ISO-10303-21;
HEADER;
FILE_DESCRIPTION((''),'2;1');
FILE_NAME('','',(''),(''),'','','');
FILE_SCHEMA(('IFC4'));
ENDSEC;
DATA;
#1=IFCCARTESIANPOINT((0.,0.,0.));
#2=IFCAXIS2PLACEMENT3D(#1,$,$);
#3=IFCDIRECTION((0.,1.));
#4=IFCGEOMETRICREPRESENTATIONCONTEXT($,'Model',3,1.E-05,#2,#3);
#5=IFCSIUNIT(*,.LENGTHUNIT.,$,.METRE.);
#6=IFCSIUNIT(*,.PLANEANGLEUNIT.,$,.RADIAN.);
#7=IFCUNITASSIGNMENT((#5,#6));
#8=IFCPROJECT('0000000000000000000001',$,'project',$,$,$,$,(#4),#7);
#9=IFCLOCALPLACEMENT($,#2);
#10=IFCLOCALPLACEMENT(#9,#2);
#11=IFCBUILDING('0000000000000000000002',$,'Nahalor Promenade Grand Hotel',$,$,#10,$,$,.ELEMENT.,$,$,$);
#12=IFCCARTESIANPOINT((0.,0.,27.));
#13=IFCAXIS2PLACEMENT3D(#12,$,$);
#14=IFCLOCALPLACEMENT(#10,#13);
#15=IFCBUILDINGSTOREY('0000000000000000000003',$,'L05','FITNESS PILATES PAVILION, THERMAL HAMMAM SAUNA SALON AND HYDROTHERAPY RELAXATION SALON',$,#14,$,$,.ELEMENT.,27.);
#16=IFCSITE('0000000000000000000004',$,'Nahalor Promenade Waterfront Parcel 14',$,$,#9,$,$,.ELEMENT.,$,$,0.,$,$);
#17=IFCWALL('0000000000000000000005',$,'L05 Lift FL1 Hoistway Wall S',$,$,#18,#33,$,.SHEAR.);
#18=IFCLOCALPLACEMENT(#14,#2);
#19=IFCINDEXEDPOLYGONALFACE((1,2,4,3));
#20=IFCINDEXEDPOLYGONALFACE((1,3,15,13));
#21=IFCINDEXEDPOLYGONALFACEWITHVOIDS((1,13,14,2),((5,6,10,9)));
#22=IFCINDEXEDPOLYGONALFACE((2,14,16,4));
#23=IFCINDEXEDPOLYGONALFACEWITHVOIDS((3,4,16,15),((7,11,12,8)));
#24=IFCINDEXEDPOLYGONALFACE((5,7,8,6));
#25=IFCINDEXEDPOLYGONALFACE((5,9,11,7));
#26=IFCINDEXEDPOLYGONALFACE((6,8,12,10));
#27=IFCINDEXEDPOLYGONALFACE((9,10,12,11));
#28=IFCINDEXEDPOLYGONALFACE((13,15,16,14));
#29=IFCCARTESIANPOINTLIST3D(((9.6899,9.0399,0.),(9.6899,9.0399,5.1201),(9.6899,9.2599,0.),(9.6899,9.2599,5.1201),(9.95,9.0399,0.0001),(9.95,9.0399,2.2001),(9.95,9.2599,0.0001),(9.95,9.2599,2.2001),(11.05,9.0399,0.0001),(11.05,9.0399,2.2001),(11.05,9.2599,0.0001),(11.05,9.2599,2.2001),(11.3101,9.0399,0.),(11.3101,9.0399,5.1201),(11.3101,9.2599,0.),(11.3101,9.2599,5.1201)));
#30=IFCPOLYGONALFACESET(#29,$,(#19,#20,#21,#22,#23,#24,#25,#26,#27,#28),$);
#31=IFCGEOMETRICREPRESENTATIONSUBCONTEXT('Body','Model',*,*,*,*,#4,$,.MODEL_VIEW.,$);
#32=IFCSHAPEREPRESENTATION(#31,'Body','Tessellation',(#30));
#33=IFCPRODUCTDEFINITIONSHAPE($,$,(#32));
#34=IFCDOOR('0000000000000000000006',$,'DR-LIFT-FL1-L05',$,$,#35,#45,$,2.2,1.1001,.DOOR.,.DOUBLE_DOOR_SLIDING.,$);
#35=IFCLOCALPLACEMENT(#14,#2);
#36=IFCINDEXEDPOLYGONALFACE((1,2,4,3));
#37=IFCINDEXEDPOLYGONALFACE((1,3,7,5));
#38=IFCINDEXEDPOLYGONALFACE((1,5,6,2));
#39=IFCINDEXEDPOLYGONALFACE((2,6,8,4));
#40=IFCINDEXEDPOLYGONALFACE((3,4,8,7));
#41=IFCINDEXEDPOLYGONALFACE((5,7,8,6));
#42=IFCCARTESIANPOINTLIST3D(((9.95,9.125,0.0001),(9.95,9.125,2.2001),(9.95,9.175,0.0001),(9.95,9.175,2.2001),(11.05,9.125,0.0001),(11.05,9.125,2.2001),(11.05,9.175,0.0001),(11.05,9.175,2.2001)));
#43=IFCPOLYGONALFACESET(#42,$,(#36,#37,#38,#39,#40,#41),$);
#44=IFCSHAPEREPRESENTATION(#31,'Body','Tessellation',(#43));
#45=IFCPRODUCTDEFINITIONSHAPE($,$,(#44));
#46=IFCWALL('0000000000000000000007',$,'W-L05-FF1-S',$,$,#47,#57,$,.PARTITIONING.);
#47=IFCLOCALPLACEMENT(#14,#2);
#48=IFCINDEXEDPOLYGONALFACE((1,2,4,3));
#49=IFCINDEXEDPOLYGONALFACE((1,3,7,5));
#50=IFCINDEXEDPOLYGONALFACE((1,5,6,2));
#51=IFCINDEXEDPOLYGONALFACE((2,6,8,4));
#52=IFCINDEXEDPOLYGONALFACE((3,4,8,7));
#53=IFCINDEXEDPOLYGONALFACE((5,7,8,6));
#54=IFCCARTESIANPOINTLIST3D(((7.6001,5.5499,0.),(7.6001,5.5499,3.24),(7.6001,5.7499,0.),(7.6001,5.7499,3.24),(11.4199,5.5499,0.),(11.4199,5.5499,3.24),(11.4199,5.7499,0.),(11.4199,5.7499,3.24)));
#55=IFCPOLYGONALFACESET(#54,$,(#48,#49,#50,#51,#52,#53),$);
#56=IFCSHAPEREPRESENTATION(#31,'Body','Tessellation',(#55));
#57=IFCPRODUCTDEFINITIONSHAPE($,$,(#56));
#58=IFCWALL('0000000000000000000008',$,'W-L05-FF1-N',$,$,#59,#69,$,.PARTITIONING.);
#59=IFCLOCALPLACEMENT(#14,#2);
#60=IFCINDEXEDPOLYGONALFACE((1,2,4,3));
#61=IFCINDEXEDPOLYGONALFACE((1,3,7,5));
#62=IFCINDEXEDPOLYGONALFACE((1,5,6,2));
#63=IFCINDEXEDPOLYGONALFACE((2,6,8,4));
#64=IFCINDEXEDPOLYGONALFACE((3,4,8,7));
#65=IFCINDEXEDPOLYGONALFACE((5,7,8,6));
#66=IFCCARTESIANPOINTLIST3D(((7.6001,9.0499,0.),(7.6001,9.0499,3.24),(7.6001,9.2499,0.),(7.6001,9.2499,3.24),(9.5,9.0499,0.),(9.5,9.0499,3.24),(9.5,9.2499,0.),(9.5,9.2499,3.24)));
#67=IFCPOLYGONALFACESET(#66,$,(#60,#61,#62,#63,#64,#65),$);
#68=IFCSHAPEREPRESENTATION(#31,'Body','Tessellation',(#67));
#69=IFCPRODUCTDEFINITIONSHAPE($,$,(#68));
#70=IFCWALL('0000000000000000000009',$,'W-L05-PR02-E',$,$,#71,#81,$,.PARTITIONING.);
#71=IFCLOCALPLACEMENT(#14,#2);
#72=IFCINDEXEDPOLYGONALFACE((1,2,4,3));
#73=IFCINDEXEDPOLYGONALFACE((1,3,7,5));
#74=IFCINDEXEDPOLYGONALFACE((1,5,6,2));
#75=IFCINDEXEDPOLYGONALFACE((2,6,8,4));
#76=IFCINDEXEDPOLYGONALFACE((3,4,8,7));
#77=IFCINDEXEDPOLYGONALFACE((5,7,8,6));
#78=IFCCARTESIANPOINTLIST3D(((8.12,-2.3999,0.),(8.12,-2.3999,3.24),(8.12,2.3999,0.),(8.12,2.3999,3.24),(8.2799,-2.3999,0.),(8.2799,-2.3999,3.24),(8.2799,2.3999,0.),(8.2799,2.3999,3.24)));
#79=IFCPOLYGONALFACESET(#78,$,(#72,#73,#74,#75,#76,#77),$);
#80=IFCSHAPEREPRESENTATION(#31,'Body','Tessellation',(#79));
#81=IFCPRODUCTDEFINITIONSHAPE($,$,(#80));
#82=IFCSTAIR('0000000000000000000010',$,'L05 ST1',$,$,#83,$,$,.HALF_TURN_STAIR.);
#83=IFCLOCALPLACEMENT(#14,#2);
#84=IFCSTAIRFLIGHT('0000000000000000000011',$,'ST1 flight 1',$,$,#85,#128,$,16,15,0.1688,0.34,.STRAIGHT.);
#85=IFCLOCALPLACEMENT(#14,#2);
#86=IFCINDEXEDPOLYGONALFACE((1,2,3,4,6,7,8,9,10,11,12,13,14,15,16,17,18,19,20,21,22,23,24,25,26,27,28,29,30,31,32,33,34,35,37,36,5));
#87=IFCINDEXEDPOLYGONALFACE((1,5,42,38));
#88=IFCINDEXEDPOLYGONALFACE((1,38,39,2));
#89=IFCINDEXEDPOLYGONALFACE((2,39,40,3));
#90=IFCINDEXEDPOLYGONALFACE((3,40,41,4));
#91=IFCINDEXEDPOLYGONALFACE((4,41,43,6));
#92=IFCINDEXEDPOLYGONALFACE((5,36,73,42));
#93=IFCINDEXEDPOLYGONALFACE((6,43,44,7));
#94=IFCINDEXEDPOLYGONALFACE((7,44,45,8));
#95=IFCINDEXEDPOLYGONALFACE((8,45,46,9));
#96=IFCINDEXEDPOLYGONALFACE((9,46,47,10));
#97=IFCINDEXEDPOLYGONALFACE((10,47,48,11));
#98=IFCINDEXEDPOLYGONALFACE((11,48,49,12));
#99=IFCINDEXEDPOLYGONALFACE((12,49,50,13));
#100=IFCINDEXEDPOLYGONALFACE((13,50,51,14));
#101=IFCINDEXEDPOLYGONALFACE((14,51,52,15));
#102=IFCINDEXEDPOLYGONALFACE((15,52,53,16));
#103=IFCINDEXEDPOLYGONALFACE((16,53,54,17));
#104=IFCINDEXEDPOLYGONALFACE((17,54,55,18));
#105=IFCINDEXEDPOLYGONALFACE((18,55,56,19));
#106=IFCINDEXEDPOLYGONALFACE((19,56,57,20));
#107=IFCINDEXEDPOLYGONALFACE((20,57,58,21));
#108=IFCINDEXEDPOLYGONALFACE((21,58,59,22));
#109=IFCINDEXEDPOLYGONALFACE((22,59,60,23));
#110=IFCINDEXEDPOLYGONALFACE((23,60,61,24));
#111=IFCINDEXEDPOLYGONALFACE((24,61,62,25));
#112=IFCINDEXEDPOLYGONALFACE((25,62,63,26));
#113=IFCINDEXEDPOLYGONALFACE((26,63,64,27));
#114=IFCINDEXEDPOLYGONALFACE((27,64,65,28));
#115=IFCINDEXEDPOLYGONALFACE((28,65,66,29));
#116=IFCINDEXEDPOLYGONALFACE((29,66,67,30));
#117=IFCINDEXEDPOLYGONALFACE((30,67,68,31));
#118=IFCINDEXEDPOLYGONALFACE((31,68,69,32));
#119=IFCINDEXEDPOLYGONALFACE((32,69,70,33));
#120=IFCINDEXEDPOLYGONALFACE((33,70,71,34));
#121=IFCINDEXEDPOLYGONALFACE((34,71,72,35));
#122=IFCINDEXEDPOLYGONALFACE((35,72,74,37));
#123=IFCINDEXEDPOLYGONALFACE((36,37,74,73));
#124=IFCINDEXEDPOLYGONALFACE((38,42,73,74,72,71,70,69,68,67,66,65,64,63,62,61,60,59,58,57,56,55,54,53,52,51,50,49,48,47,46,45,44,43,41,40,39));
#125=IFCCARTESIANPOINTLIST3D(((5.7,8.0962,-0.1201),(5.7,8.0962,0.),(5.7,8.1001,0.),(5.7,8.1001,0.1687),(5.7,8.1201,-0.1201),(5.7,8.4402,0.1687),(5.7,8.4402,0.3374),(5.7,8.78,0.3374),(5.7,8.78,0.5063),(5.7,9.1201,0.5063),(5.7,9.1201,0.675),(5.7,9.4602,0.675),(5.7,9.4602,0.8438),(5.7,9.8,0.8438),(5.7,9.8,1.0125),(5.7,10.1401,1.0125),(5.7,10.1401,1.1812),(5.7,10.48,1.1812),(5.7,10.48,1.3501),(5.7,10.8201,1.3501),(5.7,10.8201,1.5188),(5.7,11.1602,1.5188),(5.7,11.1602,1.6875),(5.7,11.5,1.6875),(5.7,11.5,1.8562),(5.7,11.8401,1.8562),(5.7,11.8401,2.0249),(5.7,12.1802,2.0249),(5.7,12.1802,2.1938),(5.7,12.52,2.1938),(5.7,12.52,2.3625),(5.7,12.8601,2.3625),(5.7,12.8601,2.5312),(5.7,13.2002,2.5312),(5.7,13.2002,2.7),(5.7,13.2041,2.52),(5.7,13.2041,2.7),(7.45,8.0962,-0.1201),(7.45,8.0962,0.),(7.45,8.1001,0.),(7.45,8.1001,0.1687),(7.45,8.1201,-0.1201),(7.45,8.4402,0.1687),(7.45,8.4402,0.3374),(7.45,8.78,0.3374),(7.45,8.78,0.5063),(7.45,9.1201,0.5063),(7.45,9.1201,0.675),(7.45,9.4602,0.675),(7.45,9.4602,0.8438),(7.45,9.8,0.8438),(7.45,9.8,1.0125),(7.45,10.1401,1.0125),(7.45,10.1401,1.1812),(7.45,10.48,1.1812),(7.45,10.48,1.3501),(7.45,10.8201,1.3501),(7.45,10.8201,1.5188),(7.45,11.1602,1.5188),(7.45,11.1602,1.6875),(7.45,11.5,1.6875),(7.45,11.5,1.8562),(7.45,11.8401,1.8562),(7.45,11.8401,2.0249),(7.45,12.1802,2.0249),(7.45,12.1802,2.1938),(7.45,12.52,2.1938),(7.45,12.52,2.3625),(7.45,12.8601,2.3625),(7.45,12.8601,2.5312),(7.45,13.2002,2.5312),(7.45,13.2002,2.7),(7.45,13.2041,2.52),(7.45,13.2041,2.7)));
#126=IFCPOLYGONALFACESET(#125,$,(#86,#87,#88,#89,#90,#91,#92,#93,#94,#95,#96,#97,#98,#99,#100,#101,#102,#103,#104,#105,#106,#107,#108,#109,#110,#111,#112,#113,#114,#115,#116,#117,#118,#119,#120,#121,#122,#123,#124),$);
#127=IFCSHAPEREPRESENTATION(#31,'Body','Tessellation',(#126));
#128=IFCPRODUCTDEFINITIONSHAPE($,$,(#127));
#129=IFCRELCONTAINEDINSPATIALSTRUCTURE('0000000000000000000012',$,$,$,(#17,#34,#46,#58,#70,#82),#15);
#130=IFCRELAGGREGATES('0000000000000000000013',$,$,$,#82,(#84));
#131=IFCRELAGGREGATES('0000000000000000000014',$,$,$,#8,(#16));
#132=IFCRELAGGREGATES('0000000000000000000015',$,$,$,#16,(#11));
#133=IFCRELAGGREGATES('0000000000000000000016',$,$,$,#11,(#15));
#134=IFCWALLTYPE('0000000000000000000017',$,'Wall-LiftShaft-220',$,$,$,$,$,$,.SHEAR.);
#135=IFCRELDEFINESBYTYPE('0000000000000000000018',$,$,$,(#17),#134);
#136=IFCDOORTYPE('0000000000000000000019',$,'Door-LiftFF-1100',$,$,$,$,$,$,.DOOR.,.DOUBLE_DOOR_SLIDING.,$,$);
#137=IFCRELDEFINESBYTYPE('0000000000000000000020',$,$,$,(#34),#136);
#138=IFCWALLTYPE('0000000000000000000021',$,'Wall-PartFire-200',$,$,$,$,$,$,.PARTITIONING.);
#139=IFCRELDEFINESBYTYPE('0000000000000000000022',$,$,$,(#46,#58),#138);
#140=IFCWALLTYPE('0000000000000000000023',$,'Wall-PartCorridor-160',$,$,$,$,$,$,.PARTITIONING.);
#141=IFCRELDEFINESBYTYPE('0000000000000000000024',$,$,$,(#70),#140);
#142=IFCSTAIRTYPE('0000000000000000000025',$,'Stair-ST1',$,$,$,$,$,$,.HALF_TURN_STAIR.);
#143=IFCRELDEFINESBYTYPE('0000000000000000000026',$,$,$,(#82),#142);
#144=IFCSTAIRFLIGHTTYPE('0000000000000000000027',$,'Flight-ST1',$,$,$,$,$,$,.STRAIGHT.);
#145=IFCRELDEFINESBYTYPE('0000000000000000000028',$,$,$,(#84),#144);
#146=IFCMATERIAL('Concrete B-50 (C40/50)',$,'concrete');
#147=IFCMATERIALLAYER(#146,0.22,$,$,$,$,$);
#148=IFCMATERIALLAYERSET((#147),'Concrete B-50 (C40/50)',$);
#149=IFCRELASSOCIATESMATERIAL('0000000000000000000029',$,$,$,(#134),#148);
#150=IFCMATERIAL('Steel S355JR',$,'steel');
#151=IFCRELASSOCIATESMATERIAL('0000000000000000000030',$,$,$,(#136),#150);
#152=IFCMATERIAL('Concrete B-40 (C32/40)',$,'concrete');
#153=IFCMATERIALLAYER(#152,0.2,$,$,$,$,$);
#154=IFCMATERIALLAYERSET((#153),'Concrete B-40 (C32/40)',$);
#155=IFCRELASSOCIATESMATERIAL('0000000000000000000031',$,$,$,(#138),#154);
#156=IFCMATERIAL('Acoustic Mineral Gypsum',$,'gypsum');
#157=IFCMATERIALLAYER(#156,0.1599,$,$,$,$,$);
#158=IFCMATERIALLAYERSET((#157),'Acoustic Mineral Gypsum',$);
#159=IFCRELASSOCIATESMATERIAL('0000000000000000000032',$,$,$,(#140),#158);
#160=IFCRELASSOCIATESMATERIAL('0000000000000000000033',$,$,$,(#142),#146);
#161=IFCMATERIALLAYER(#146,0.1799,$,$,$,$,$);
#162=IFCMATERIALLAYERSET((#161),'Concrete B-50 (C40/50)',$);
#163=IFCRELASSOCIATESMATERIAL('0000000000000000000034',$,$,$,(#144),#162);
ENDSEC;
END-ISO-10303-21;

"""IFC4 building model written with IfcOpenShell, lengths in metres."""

from ifc_helpers import new_model, si_unit, direction, frame, frame_2d, origin, place, context, subcontext, project, spatial, polyline, rectangle, outline, extrude, source, transform, mapped, material, layer, layer_set, type_object, element, fill, aggregate, save


model = new_model("IFC4")

# Units and contexts
model_context = context("Model", 3, precision=1e-05, world=origin(), true_north=direction((0.0, 1.0)))
body_context = subcontext(model_context, "Body", "Model", "MODEL_VIEW")
ifc_project = project(units=[si_unit("LENGTHUNIT", "METRE"), si_unit("PLANEANGLEUNIT", "RADIAN")], contexts=[model_context])

# Site, building, storey
site_placement = place(None, origin())
site = spatial("IfcSite", under=ifc_project, at=site_placement, Name="Nahalor Promenade Waterfront Parcel 14", CompositionType="ELEMENT", RefElevation=0.0)
building_placement = place(site_placement, origin())
building = spatial("IfcBuilding", under=site, at=building_placement, Name="Nahalor Promenade Grand Hotel", CompositionType="ELEMENT")
storey_placement = place(building_placement, frame((0.0, 0.0, 27.0)))
storey = spatial("IfcBuildingStorey", under=building, at=storey_placement, Name="L05", Description="FITNESS PILATES PAVILION, THERMAL HAMMAM SAUNA SALON AND HYDROTHERAPY RELAXATION SALON", CompositionType="ELEMENT", Elevation=27.0)

# Shared definitions
ifc_material_1 = material(Name="Steel S355JR", Category="steel")

# Shared definitions
ifc_material_2 = material(Name="Concrete B-50 (C40/50)", Category="concrete")

# Shared definitions
ifc_layer_1 = layer(ifc_material_2, 0.22)
ifc_layer_set_1 = layer_set([ifc_layer_1], Name="Concrete B-50 (C40/50)")
wall_type_1 = type_object("IfcWallType", Name="Wall-LiftShaft-220", PredefinedType="SHEAR", material=ifc_layer_set_1)

# Wall, opening, door
shared_shape_1 = source(origin(), body_context, "Body", "SweptSolid", [
    extrude(rectangle(XDim=1.6201, YDim=0.22, at=frame_2d((0.8101, 0.0))), origin(), (0.0, 0.0, 1.0), 5.1201),
])
wall_1_placement = place(storey_placement, frame((9.6899, 9.1499, 0.0), z_axis=(0.0, 0.0, 1.0), x_axis=(1.0, 0.0, 0.0)))
wall_1 = element("IfcWall", 1, at=wall_1_placement, inside=storey, type_object=wall_type_1, Name="L05 Lift FL1 Hoistway Wall S", PredefinedType="SHEAR", context=body_context, shape_type="MappedRepresentation", body=[
    mapped(shared_shape_1, transform((0.0, 0.0, 0.0), scale=1.0)),
])
opening_1_placement = place(wall_1_placement, frame((0.26, 0.0, 0.0)))
opening_1 = element("IfcOpeningElement", 2, at=opening_1_placement, cuts=wall_1, PredefinedType="OPENING", context=body_context, shape_type="SweptSolid", body=[
    extrude(rectangle(XDim=1.1001, YDim=2.2, at=frame_2d((0.55, 1.1001))), frame((0.0, 0.1199, 0.0), z_axis=(0.0, -1.0, 0.0), x_axis=(1.0, 0.0, 0.0)), (0.0, 0.0, 1.0), 0.24),
])
door_type_1 = type_object("IfcDoorType", Name="Door-LiftFF-1100", OperationType="DOUBLE_DOOR_SLIDING", PredefinedType="DOOR", material=ifc_material_1)
shared_shape_2 = source(origin(), body_context, "Body", "SweptSolid", [
    extrude(rectangle(XDim=1.1001, YDim=2.2, at=frame_2d((0.55, 1.1001))), frame((0.0, 0.0249, 0.0), z_axis=(0.0, -1.0, 0.0), x_axis=(1.0, 0.0, 0.0)), (0.0, 0.0, 1.0), 0.05),
])
door_1_placement = place(opening_1_placement, frame((1.1001, 0.0, 0.0), z_axis=(0.0, 0.0, 1.0), x_axis=(-1.0, 0.0, 0.0)))
door_1 = element("IfcDoor", 3, at=door_1_placement, inside=storey, type_object=door_type_1, Name="DR-LIFT-FL1-L05", OperationType="DOUBLE_DOOR_SLIDING", OverallHeight=2.2, OverallWidth=1.1001, PredefinedType="DOOR", context=body_context, shape_type="MappedRepresentation", body=[
    mapped(shared_shape_2, transform((0.0, 0.0, 0.0), scale=1.0)),
])
fill(opening_1, door_1)

# Walls
ifc_material_3 = material(Name="Concrete B-40 (C32/40)", Category="concrete")
ifc_layer_2 = layer(ifc_material_3, 0.2)
ifc_layer_set_2 = layer_set([ifc_layer_2], Name="Concrete B-40 (C32/40)")
wall_type_2 = type_object("IfcWallType", Name="Wall-PartFire-200", PredefinedType="PARTITIONING", material=ifc_layer_set_2)
shared_shape_3 = source(origin(), body_context, "Body", "SweptSolid", [
    extrude(rectangle(XDim=3.8198, YDim=0.2, at=frame_2d((1.9099, 0.0))), origin(), (0.0, 0.0, 1.0), 3.24),
])
wall_2_placement = place(storey_placement, frame((7.6001, 5.6499, 0.0), z_axis=(0.0, 0.0, 1.0), x_axis=(1.0, 0.0, 0.0)))
element("IfcWall", 4, at=wall_2_placement, inside=storey, type_object=wall_type_2, Name="W-L05-FF1-S", PredefinedType="PARTITIONING", context=body_context, shape_type="MappedRepresentation", body=[
    mapped(shared_shape_3, transform((0.0, 0.0, 0.0), scale=1.0)),
])
shared_shape_4 = source(origin(), body_context, "Body", "SweptSolid", [
    extrude(rectangle(XDim=1.8999, YDim=0.2, at=frame_2d((0.95, 0.0))), origin(), (0.0, 0.0, 1.0), 3.24),
])
wall_3_placement = place(storey_placement, frame((7.6001, 9.1499, 0.0), z_axis=(0.0, 0.0, 1.0), x_axis=(1.0, 0.0, 0.0)))
element("IfcWall", 5, at=wall_3_placement, inside=storey, type_object=wall_type_2, Name="W-L05-FF1-N", PredefinedType="PARTITIONING", context=body_context, shape_type="MappedRepresentation", body=[
    mapped(shared_shape_4, transform((0.0, 0.0, 0.0), scale=1.0)),
])

# Wall
ifc_material_4 = material(Name="Acoustic Mineral Gypsum", Category="gypsum")
ifc_layer_3 = layer(ifc_material_4, 0.1599)
ifc_layer_set_3 = layer_set([ifc_layer_3], Name="Acoustic Mineral Gypsum")
wall_type_3 = type_object("IfcWallType", Name="Wall-PartCorridor-160", PredefinedType="PARTITIONING", material=ifc_layer_set_3)
shared_shape_5 = source(origin(), body_context, "Body", "SweptSolid", [
    extrude(rectangle(XDim=4.7998, YDim=0.1599, at=frame_2d((2.3999, 0.0))), origin(), (0.0, 0.0, 1.0), 3.24),
])
wall_4_placement = place(storey_placement, frame((8.2, -2.3999, 0.0), z_axis=(0.0, 0.0, 1.0), x_axis=(0.0, 1.0, 0.0)))
element("IfcWall", 6, at=wall_4_placement, inside=storey, type_object=wall_type_3, Name="W-L05-PR02-E", PredefinedType="PARTITIONING", context=body_context, shape_type="MappedRepresentation", body=[
    mapped(shared_shape_5, transform((0.0, 0.0, 0.0), scale=1.0)),
])

# Stair, stair flight
stair_type = type_object("IfcStairType", Name="Stair-ST1", PredefinedType="HALF_TURN_STAIR", material=ifc_material_2)
stair_placement = place(storey_placement, origin())
stair = element("IfcStair", 7, at=stair_placement, inside=storey, type_object=stair_type, Name="L05 ST1", PredefinedType="HALF_TURN_STAIR")
ifc_layer_4 = layer(ifc_material_2, 0.1799)
ifc_layer_set_4 = layer_set([ifc_layer_4], Name="Concrete B-50 (C40/50)")
stair_flight_type = type_object("IfcStairFlightType", Name="Flight-ST1", PredefinedType="STRAIGHT", material=ifc_layer_set_4)
shared_shape_6 = source(origin(), body_context, "Body", "SweptSolid", [
    extrude(outline(polyline([(-0.0039, -0.1201), (-0.0039, 0.0), (0.0, 0.0), (0.0, 0.1687), (0.3401, 0.1687), (0.3401, 0.3374), (0.6799, 0.3374), (0.6799, 0.5063), (1.02, 0.5063), (1.02, 0.675), (1.3601, 0.675), (1.3601, 0.8438), (1.7, 0.8438), (1.7, 1.0125), (2.04, 1.0125), (2.04, 1.1812), (2.3799, 1.1812), (2.3799, 1.3501), (2.72, 1.3501), (2.72, 1.5188), (3.0601, 1.5188), (3.0601, 1.6875), (3.3999, 1.6875), (3.3999, 1.8562), (3.74, 1.8562), (3.74, 2.0249), (4.0801, 2.0249), (4.0801, 2.1938), (4.4199, 2.1938), (4.4199, 2.3625), (4.76, 2.3625), (4.76, 2.5312), (5.1001, 2.5312), (5.1001, 2.7), (5.104, 2.7), (5.104, 2.52), (0.02, -0.1201), (-0.0039, -0.1201)])), frame((0.0, 0.875, 0.0), z_axis=(0.0, -1.0, 0.0), x_axis=(1.0, 0.0, 0.0)), (0.0, 0.0, 1.0), 1.75),
])
stair_flight_placement = place(storey_placement, frame((6.575, 8.1001, 0.0), z_axis=(0.0, 0.0, 1.0), x_axis=(0.0, 1.0, 0.0)))
stair_flight = element("IfcStairFlight", 8, at=stair_flight_placement, type_object=stair_flight_type, Name="ST1 flight 1", NumberOfRisers=16, NumberOfTreads=15, PredefinedType="STRAIGHT", RiserHeight=0.1688, TreadLength=0.34, context=body_context, shape_type="MappedRepresentation", body=[
    mapped(shared_shape_6, transform((0.0, 0.0, 0.0), scale=1.0)),
])
aggregate(stair, [stair_flight])

save(model, "model.ifc")
